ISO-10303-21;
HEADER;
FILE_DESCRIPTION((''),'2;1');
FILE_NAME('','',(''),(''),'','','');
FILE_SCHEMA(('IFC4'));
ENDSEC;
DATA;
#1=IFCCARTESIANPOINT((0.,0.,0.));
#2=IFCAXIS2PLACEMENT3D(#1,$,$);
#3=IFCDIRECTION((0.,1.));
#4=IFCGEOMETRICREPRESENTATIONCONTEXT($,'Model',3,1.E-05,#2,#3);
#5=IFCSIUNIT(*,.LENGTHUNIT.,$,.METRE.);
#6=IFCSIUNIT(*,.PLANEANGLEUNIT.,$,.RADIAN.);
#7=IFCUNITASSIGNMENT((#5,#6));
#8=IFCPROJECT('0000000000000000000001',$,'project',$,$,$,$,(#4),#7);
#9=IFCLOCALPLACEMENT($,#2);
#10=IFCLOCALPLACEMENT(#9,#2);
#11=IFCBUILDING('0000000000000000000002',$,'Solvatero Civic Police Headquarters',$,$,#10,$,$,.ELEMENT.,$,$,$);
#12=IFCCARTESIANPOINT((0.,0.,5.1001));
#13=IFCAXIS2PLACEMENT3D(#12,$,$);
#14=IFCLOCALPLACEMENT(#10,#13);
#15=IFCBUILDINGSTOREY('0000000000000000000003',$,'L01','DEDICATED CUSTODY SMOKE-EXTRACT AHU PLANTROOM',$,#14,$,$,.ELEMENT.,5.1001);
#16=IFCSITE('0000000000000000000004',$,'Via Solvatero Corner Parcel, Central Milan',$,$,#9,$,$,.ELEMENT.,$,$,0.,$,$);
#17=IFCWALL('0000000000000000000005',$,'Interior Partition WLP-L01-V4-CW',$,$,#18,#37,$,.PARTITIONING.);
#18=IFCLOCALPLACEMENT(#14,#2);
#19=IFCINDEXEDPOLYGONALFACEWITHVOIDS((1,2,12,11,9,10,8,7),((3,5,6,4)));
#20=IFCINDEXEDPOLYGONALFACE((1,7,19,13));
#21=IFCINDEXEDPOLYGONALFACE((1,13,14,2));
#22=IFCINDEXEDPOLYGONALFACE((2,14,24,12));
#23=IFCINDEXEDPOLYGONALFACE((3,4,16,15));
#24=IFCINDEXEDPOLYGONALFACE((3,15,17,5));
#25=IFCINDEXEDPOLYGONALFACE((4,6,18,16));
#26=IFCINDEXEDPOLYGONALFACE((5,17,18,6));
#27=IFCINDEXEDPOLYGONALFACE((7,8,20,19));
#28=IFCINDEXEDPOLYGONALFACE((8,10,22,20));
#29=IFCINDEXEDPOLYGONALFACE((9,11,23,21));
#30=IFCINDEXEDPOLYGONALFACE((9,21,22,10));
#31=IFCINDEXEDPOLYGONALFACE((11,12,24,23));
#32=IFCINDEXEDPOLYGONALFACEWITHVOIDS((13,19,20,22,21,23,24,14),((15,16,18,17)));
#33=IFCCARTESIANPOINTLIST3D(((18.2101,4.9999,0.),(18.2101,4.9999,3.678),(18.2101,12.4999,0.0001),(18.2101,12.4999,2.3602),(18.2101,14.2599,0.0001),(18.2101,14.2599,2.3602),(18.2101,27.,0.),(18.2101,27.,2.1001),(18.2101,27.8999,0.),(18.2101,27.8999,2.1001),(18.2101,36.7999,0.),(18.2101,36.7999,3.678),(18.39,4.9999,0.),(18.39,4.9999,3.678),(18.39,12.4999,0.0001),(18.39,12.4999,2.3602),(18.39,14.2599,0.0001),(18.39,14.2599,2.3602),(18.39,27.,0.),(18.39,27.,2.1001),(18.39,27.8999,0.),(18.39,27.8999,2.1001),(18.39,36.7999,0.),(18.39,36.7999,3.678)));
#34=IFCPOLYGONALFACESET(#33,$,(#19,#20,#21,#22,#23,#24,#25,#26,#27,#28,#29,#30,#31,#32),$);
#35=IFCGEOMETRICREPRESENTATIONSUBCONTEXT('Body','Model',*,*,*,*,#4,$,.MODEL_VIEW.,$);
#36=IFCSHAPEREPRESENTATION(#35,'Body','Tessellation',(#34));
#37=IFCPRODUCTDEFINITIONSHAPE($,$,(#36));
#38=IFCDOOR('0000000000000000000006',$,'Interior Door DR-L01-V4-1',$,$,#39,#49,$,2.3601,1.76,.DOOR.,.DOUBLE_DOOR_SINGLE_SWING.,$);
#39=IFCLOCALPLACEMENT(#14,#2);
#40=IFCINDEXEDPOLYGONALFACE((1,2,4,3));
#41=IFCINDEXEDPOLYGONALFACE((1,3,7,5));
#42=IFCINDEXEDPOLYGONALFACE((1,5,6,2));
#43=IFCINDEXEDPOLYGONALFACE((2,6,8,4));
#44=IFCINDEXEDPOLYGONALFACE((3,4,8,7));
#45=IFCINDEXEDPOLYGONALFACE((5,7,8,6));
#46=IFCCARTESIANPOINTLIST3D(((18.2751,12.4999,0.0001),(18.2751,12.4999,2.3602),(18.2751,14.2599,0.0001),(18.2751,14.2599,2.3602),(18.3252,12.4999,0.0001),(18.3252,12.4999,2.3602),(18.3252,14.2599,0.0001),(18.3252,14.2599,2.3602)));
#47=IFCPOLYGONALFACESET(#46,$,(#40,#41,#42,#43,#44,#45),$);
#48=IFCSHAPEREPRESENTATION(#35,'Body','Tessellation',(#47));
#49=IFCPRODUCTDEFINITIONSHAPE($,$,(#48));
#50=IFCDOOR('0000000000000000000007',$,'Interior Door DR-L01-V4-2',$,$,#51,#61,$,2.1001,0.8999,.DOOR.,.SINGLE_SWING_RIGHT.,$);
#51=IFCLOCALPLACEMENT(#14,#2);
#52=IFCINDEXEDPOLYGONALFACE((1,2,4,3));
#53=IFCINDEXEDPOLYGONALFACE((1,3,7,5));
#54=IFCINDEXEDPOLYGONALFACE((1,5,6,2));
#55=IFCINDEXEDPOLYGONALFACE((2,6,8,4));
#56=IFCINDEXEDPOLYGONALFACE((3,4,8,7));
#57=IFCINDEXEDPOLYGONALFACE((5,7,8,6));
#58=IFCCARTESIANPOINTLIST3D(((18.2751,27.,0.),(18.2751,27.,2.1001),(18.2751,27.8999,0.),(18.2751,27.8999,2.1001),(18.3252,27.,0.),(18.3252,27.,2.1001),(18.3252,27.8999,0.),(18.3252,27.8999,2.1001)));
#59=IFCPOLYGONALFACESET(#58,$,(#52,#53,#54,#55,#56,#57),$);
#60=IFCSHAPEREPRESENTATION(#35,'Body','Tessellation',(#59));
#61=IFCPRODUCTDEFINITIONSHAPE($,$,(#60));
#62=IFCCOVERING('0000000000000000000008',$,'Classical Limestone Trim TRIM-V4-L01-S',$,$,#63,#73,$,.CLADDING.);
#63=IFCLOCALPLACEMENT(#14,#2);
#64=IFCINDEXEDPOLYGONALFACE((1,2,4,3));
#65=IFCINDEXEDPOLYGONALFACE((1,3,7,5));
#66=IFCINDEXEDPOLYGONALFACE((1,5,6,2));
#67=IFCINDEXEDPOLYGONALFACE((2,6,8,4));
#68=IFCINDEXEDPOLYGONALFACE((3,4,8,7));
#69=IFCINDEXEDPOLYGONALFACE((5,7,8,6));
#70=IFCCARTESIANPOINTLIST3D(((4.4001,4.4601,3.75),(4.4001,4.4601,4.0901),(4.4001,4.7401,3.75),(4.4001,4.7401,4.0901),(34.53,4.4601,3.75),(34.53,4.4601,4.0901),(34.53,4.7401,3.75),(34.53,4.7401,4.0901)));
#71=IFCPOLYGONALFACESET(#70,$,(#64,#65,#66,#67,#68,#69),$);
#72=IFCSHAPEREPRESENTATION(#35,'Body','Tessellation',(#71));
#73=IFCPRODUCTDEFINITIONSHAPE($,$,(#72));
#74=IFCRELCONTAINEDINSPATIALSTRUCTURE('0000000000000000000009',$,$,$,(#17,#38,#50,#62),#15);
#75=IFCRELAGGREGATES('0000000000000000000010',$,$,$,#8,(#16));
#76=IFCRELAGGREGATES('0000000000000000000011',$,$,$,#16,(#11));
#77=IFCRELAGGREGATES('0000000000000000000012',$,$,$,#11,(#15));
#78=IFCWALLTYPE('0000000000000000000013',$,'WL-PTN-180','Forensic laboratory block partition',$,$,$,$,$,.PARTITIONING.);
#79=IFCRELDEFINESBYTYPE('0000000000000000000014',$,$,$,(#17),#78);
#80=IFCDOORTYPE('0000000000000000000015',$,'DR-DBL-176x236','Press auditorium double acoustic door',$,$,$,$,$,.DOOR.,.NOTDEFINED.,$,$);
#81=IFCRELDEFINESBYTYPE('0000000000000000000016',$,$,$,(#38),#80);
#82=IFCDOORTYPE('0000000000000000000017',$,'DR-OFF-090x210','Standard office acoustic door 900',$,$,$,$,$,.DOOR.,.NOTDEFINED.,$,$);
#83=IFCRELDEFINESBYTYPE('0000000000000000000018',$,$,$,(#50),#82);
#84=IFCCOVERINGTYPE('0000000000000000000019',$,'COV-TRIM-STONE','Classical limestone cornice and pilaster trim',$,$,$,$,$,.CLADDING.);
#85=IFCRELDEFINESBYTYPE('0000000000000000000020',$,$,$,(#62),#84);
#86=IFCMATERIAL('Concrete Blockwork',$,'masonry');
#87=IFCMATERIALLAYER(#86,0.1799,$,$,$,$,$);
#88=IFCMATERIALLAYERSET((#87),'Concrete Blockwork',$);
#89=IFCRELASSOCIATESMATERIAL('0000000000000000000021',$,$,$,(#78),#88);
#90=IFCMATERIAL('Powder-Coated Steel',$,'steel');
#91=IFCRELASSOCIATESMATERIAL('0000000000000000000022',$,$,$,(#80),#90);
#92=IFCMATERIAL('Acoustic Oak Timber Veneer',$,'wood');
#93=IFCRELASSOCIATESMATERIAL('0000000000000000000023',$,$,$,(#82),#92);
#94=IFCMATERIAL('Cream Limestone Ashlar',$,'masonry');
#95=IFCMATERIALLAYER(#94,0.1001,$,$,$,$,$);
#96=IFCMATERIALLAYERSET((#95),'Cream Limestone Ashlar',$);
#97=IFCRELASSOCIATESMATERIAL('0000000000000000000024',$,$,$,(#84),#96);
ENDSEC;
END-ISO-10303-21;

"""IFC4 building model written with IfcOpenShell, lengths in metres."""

from ifc_helpers import new_model, si_unit, direction, frame, frame_2d, origin, origin_2d, place, context, subcontext, project, spatial, rectangle, extrude, material, layer, layer_set, type_object, element, fill, save


model = new_model("IFC4")

# Units and contexts
model_context = context("Model", 3, precision=1e-05, world=origin(), true_north=direction((0.0, 1.0)))
body_context = subcontext(model_context, "Body", "Model", "MODEL_VIEW")
ifc_project = project(units=[si_unit("LENGTHUNIT", "METRE"), si_unit("PLANEANGLEUNIT", "RADIAN")], contexts=[model_context])

# Site, building, storey
site_placement = place(None, origin())
site = spatial("IfcSite", under=ifc_project, at=site_placement, Name="Via Solvatero Corner Parcel, Central Milan", CompositionType="ELEMENT", RefElevation=0.0)
building_placement = place(site_placement, origin())
building = spatial("IfcBuilding", under=site, at=building_placement, Name="Solvatero Civic Police Headquarters", CompositionType="ELEMENT")
storey_placement = place(building_placement, frame((0.0, 0.0, 5.1001)))
storey = spatial("IfcBuildingStorey", under=building, at=storey_placement, Name="L01", Description="DEDICATED CUSTODY SMOKE-EXTRACT AHU PLANTROOM", CompositionType="ELEMENT", Elevation=5.1001)

# Shared definitions
ifc_material_1 = material(Name="Cream Limestone Ashlar", Category="masonry")

# Wall, openings, doors
ifc_material_2 = material(Name="Concrete Blockwork", Category="masonry")
ifc_layer_1 = layer(ifc_material_2, 0.1799)
ifc_layer_set_1 = layer_set([ifc_layer_1], Name="Concrete Blockwork")
wall_type_1 = type_object("IfcWallType", Name="WL-PTN-180", Description="Forensic laboratory block partition", PredefinedType="PARTITIONING", material=ifc_layer_set_1)
wall_1_placement = place(storey_placement, frame((18.3, 5.0, 0.0), z_axis=(0.0, 0.0, 1.0), x_axis=(0.0, 1.0, 0.0)))
wall_1 = element("IfcWall", 1, at=wall_1_placement, inside=storey, type_object=wall_type_1, Name="Interior Partition WLP-L01-V4-CW", PredefinedType="PARTITIONING", context=body_context, shape_type="SweptSolid", body=[
    extrude(rectangle(XDim=31.8, YDim=0.1799, at=frame_2d((15.8999, 0.0))), origin(), (0.0, 0.0, 1.0), 3.678),
])
opening_1_placement = place(wall_1_placement, frame((7.5, 0.0, 0.0)))
opening_1 = element("IfcOpeningElement", 2, at=opening_1_placement, cuts=wall_1, PredefinedType="OPENING", context=body_context, shape_type="SweptSolid", body=[
    extrude(rectangle(XDim=1.76, YDim=2.3601, at=frame_2d((0.8799, 1.1802))), frame((0.0, 0.0999, 0.0), z_axis=(0.0, -1.0, 0.0), x_axis=(1.0, 0.0, 0.0)), (0.0, 0.0, 1.0), 0.2),
])
opening_2_placement = place(wall_1_placement, frame((22.0, 0.0, 0.0)))
opening_2 = element("IfcOpeningElement", 3, at=opening_2_placement, cuts=wall_1, PredefinedType="OPENING", context=body_context, shape_type="SweptSolid", body=[
    extrude(rectangle(XDim=0.8999, YDim=2.1001, at=frame_2d((0.45, 1.05))), frame((0.0, 0.0999, 0.0), z_axis=(0.0, -1.0, 0.0), x_axis=(1.0, 0.0, 0.0)), (0.0, 0.0, 1.0), 0.2),
])
ifc_material_3 = material(Name="Powder-Coated Steel", Category="steel")
door_type_1 = type_object("IfcDoorType", Name="DR-DBL-176x236", Description="Press auditorium double acoustic door", OperationType="NOTDEFINED", PredefinedType="DOOR", material=ifc_material_3)
door_1_placement = place(opening_1_placement, origin())
door_1 = element("IfcDoor", 4, at=door_1_placement, inside=storey, type_object=door_type_1, Name="Interior Door DR-L01-V4-1", OperationType="DOUBLE_DOOR_SINGLE_SWING", OverallHeight=2.3601, OverallWidth=1.76, PredefinedType="DOOR", context=body_context, shape_type="SweptSolid", body=[
    extrude(rectangle(XDim=1.76, YDim=2.3601, at=frame_2d((0.8799, 1.1802))), frame((0.0, 0.0249, 0.0), z_axis=(0.0, -1.0, 0.0), x_axis=(1.0, 0.0, 0.0)), (0.0, 0.0, 1.0), 0.05),
])
fill(opening_1, door_1)
ifc_material_4 = material(Name="Acoustic Oak Timber Veneer", Category="wood")
door_type_2 = type_object("IfcDoorType", Name="DR-OFF-090x210", Description="Standard office acoustic door 900", OperationType="NOTDEFINED", PredefinedType="DOOR", material=ifc_material_4)
door_2_placement = place(opening_2_placement, origin())
door_2 = element("IfcDoor", 5, at=door_2_placement, inside=storey, type_object=door_type_2, Name="Interior Door DR-L01-V4-2", OperationType="SINGLE_SWING_RIGHT", OverallHeight=2.1001, OverallWidth=0.8999, PredefinedType="DOOR", context=body_context, shape_type="SweptSolid", body=[
    extrude(rectangle(XDim=0.8999, YDim=2.1001, at=frame_2d((0.45, 1.05))), frame((0.0, 0.0249, 0.0), z_axis=(0.0, -1.0, 0.0), x_axis=(1.0, 0.0, 0.0)), (0.0, 0.0, 1.0), 0.05),
])
fill(opening_2, door_2)

# Covering
ifc_layer_2 = layer(ifc_material_1, 0.1001)
ifc_layer_set_2 = layer_set([ifc_layer_2], Name="Cream Limestone Ashlar")
covering_type = type_object("IfcCoveringType", Name="COV-TRIM-STONE", Description="Classical limestone cornice and pilaster trim", PredefinedType="CLADDING", material=ifc_layer_set_2)
covering_placement = place(storey_placement, frame((19.4651, 4.6001, 3.75), z_axis=(0.0, 0.0, 1.0), x_axis=(1.0, 0.0, 0.0)))
element("IfcCovering", 6, at=covering_placement, inside=storey, type_object=covering_type, Name="Classical Limestone Trim TRIM-V4-L01-S", PredefinedType="CLADDING", context=body_context, shape_type="SweptSolid", body=[
    extrude(rectangle(XDim=30.1299, YDim=0.28, at=origin_2d()), origin(), (0.0, 0.0, 1.0), 0.3401),
])

save(model, "model.ifc")
